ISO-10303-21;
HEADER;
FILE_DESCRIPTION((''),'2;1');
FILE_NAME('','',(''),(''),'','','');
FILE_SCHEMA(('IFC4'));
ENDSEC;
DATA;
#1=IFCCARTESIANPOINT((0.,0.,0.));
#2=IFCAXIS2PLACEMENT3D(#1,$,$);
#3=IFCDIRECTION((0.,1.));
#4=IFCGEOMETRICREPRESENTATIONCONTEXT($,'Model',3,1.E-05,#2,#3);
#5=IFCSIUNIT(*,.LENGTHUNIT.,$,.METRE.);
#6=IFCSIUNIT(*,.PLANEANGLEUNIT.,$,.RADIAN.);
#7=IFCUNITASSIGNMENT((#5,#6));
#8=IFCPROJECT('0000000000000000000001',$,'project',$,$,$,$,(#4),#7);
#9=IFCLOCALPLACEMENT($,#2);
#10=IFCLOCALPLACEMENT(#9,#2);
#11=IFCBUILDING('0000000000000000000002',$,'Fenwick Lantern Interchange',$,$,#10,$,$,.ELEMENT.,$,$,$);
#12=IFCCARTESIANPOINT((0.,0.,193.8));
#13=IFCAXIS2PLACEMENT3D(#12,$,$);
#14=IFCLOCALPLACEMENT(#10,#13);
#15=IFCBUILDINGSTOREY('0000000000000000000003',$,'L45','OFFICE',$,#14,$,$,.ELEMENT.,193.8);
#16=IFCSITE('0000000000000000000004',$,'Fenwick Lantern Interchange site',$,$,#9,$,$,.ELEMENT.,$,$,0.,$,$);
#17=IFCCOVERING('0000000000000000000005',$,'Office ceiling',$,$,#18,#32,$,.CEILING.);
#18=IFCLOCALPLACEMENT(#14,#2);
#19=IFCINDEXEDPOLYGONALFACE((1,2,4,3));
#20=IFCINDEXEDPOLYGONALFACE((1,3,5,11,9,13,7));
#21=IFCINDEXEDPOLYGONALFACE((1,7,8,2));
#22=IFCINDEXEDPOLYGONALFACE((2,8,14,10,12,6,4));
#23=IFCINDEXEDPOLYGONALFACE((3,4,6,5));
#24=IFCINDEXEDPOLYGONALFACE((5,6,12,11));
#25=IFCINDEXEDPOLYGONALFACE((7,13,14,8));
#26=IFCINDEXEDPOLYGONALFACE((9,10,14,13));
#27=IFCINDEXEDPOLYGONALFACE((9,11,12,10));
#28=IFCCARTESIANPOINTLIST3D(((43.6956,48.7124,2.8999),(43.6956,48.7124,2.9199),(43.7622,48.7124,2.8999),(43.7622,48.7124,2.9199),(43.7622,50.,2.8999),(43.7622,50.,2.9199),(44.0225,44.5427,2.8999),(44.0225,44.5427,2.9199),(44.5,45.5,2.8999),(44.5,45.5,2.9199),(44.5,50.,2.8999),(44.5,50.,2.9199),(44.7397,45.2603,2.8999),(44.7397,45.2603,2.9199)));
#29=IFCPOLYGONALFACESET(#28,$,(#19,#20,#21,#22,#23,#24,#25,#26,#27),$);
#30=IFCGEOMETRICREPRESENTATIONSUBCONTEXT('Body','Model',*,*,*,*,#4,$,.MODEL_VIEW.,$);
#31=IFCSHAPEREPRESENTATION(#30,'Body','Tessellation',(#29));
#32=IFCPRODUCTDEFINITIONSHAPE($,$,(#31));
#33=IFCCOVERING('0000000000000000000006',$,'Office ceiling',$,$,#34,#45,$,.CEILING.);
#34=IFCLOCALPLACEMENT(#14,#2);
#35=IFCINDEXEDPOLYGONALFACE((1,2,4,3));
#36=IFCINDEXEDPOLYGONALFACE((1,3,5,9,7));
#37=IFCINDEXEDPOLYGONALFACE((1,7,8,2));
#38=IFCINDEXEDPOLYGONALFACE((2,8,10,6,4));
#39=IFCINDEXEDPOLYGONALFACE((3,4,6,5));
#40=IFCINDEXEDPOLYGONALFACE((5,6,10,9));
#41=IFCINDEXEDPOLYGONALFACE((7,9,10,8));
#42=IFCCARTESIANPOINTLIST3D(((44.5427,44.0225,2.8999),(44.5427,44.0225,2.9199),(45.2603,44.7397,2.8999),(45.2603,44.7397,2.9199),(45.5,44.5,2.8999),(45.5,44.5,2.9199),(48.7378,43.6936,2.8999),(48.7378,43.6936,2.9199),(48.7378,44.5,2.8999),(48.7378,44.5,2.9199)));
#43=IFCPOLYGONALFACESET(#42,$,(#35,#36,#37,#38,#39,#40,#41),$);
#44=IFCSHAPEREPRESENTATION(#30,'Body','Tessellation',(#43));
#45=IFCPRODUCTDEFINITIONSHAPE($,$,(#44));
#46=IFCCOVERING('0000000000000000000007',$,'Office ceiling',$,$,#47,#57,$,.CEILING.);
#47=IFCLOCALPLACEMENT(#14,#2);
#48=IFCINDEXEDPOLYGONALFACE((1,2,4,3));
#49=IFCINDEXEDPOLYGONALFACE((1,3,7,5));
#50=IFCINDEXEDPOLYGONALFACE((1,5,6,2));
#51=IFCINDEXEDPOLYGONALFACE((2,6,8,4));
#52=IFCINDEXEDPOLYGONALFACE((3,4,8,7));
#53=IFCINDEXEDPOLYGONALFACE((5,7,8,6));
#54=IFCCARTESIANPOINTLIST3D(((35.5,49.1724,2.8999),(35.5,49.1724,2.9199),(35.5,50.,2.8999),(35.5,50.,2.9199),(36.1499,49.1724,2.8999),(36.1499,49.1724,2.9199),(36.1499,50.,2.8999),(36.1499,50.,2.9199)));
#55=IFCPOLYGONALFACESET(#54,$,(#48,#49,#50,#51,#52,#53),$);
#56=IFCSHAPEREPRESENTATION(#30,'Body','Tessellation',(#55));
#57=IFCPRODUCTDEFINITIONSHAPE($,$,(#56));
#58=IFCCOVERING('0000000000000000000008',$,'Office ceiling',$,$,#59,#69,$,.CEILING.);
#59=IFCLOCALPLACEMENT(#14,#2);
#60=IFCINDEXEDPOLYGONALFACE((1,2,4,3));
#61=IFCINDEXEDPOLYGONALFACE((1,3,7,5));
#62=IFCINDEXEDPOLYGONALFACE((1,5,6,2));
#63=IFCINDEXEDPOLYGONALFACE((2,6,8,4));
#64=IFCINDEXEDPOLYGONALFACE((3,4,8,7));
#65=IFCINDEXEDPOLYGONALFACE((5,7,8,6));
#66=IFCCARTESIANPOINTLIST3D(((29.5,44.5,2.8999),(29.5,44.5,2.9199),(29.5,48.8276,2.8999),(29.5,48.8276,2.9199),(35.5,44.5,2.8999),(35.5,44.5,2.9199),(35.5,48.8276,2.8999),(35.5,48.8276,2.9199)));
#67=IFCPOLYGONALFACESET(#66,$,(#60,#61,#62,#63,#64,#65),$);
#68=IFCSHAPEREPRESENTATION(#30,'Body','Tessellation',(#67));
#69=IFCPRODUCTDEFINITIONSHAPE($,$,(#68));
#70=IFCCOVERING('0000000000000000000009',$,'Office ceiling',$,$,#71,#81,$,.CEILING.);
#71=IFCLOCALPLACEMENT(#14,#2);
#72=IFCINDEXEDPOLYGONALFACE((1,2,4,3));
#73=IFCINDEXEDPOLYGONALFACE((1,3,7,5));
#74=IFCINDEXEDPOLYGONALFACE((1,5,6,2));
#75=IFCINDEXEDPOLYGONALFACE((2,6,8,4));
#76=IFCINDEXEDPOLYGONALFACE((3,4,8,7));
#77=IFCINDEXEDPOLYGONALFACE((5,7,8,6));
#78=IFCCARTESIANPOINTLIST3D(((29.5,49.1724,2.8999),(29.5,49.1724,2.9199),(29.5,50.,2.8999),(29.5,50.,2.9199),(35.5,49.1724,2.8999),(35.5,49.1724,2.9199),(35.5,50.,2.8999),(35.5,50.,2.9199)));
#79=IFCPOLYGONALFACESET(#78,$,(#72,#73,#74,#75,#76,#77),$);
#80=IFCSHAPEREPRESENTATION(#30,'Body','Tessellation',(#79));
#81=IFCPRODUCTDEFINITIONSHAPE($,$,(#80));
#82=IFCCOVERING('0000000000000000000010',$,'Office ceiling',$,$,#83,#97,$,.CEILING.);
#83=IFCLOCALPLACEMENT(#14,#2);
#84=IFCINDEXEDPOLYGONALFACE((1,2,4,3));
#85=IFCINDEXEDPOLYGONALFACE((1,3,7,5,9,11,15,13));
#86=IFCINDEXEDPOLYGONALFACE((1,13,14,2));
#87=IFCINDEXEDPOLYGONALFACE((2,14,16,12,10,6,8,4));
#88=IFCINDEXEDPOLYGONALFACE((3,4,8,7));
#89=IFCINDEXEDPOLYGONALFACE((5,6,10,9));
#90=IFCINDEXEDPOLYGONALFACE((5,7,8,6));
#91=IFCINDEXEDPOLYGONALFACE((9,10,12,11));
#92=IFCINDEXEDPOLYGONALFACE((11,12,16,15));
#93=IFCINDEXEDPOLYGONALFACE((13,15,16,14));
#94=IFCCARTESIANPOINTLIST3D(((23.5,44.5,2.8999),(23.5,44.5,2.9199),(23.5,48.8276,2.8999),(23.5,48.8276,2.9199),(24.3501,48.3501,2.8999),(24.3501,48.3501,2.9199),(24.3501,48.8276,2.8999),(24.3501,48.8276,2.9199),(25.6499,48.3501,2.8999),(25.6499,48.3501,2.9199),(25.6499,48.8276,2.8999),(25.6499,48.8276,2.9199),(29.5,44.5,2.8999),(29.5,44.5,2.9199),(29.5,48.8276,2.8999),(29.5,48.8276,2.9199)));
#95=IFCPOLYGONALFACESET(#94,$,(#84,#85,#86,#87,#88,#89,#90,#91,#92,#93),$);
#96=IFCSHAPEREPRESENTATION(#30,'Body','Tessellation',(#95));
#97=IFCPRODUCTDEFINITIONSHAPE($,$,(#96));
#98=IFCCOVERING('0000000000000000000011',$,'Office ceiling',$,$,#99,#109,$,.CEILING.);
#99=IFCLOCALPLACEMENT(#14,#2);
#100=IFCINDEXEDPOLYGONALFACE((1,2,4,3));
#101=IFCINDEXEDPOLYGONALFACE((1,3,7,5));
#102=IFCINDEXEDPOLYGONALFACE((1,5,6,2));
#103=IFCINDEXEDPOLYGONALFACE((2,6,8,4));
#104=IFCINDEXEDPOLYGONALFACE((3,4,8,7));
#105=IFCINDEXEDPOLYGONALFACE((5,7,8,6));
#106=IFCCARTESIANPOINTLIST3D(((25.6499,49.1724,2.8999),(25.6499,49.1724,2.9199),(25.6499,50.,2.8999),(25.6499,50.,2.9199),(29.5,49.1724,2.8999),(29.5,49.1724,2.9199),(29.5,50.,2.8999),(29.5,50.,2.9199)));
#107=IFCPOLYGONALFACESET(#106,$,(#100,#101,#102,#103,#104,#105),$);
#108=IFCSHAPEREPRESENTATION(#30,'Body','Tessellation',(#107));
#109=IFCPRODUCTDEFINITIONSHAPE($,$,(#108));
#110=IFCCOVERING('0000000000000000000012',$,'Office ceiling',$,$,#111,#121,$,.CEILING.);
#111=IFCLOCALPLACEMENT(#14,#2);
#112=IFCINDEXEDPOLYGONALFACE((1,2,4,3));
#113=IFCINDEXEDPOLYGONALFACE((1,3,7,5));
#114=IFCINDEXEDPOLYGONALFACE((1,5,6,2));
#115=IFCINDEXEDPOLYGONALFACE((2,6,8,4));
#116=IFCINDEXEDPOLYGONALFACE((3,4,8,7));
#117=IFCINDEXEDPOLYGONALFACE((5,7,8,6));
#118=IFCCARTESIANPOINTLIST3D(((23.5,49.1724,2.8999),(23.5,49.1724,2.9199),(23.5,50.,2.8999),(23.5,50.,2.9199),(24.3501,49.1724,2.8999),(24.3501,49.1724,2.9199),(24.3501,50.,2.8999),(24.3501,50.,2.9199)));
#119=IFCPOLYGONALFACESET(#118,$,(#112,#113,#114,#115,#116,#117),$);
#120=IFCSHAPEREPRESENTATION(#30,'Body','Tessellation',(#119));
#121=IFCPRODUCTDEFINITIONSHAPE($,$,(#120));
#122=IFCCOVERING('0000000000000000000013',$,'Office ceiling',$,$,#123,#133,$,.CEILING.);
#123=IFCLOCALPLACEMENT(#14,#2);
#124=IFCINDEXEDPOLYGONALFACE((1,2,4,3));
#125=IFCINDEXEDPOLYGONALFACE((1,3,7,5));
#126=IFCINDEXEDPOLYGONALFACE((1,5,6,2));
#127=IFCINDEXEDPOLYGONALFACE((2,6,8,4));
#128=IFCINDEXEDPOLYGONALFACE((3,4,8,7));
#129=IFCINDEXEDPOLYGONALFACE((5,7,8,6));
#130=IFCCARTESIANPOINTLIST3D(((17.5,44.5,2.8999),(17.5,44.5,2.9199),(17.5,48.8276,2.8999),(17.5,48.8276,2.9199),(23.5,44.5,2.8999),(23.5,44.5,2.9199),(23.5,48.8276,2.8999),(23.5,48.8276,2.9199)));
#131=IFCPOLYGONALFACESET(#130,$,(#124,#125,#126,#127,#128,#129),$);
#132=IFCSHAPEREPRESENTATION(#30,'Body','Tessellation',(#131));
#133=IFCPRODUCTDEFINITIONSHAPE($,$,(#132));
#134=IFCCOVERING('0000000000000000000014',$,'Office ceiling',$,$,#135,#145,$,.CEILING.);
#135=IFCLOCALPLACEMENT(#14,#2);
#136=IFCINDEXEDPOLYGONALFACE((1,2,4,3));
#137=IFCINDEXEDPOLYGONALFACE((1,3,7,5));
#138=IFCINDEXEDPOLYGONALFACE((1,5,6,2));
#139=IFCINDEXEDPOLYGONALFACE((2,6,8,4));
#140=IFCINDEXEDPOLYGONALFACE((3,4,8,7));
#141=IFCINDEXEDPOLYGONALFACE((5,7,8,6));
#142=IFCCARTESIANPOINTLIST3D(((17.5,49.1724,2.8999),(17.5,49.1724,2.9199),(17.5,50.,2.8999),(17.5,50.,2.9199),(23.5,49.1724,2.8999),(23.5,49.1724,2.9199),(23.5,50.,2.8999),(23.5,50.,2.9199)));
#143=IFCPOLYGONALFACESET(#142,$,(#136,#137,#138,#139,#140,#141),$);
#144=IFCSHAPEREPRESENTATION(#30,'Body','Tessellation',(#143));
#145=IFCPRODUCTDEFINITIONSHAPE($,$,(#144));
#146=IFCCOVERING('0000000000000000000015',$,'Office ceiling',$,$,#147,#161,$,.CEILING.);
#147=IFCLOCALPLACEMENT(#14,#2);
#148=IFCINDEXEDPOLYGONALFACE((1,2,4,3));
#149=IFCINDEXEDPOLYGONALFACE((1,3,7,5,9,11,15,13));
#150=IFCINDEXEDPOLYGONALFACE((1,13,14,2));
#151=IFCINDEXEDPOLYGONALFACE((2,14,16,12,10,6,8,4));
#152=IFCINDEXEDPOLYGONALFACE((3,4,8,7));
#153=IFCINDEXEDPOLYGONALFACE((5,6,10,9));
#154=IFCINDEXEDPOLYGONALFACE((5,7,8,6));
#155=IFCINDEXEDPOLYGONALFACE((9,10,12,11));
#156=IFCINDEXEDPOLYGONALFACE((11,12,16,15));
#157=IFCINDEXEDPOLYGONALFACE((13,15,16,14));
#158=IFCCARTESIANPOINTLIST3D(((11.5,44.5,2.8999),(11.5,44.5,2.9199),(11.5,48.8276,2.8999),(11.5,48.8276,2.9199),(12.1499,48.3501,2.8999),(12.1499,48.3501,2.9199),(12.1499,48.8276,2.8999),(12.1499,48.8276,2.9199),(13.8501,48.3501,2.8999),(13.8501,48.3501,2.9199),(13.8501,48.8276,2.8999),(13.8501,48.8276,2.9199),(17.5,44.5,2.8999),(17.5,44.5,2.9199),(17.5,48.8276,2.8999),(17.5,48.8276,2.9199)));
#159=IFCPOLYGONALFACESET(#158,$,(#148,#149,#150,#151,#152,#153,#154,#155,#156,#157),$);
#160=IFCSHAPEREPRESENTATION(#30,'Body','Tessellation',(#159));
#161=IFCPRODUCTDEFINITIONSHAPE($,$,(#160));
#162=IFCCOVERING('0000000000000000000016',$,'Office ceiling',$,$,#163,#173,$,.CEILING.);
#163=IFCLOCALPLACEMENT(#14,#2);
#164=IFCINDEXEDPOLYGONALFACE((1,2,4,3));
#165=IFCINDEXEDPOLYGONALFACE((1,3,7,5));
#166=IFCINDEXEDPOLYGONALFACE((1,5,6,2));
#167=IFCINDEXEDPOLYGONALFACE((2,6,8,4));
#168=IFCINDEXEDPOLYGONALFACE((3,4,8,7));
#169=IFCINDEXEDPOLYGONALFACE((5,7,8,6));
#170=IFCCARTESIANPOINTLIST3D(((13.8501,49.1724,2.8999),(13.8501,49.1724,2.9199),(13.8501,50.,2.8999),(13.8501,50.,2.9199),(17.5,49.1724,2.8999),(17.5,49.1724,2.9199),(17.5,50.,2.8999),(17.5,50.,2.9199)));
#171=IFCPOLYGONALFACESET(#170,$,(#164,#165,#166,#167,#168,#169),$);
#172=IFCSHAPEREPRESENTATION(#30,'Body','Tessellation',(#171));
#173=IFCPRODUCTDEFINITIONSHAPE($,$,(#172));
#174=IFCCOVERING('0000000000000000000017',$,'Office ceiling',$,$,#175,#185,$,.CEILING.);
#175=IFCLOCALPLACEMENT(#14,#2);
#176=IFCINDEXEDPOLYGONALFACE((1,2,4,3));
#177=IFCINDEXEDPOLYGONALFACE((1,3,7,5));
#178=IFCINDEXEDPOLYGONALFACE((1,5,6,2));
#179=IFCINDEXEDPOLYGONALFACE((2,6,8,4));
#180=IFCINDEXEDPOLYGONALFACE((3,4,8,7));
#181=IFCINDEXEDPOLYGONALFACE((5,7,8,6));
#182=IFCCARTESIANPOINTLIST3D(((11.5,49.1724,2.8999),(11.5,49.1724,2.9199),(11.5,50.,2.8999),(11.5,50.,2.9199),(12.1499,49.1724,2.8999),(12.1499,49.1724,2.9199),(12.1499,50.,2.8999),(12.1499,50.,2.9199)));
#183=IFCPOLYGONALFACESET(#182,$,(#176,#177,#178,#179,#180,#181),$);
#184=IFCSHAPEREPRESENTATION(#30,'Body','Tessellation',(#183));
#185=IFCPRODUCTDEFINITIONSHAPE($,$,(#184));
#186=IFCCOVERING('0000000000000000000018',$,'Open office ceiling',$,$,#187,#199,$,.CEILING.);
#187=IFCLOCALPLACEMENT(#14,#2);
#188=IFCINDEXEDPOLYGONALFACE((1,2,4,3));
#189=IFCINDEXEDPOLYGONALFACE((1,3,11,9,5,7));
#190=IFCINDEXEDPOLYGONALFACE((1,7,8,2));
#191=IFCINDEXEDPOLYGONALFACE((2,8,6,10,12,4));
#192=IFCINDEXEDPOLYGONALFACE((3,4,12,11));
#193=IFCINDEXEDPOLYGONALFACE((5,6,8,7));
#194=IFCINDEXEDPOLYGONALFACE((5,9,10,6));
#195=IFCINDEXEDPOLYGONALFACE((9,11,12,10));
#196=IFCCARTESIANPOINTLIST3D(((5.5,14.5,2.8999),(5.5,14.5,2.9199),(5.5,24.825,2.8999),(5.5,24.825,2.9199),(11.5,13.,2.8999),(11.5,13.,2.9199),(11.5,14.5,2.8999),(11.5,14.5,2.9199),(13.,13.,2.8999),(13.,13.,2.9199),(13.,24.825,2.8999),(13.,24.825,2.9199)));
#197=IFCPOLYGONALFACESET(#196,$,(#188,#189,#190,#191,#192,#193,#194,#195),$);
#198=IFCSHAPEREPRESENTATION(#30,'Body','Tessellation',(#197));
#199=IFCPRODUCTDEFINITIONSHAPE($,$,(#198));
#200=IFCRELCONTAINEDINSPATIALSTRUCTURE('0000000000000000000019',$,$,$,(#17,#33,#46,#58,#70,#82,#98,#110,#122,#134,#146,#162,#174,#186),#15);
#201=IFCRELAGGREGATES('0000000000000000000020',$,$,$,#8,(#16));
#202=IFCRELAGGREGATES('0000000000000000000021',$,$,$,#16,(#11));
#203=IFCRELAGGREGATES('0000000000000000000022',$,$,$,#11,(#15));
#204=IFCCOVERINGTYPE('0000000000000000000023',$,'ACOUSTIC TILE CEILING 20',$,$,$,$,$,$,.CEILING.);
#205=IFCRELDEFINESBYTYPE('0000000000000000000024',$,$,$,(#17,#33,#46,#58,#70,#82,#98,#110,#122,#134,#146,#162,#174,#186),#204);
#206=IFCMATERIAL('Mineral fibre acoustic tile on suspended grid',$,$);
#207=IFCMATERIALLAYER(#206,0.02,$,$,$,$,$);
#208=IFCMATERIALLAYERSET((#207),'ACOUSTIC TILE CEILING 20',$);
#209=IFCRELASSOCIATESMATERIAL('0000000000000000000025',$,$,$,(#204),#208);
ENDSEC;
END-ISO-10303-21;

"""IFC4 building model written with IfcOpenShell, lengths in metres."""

from ifc_helpers import new_model, si_unit, direction, frame, origin, place, context, subcontext, project, spatial, polyline, outline, extrude, material, layer, layer_set, type_object, element, save


model = new_model("IFC4")

# Units and contexts
model_context = context("Model", 3, precision=1e-05, world=origin(), true_north=direction((0.0, 1.0)))
body_context = subcontext(model_context, "Body", "Model", "MODEL_VIEW")
ifc_project = project(units=[si_unit("LENGTHUNIT", "METRE"), si_unit("PLANEANGLEUNIT", "RADIAN")], contexts=[model_context])

# Site, building, storey
site_placement = place(None, origin())
site = spatial("IfcSite", under=ifc_project, at=site_placement, Name="Fenwick Lantern Interchange site", CompositionType="ELEMENT", RefElevation=0.0)
building_placement = place(site_placement, origin())
building = spatial("IfcBuilding", under=site, at=building_placement, Name="Fenwick Lantern Interchange", CompositionType="ELEMENT")
storey_placement = place(building_placement, frame((0.0, 0.0, 193.8)))
storey = spatial("IfcBuildingStorey", under=building, at=storey_placement, Name="L45", Description="OFFICE", CompositionType="ELEMENT", Elevation=193.8)

# Coverings
ifc_material_1 = material(Name="Mineral fibre acoustic tile on suspended grid")
ifc_layer_1 = layer(ifc_material_1, 0.02)
ifc_layer_set_1 = layer_set([ifc_layer_1], Name="ACOUSTIC TILE CEILING 20")
covering_type_1 = type_object("IfcCoveringType", Name="ACOUSTIC TILE CEILING 20", PredefinedType="CEILING", material=ifc_layer_set_1)
covering_1_placement = place(storey_placement, frame((0.0, 0.0, 2.8999)))
element("IfcCovering", 1, at=covering_1_placement, inside=storey, type_object=covering_type_1, Name="Office ceiling", PredefinedType="CEILING", context=body_context, shape_type="SweptSolid", body=[
    extrude(outline(polyline([(43.7622, 48.7124), (43.6956, 48.7124), (44.0225, 44.5427), (44.7397, 45.2603), (44.5, 45.5), (44.5, 50.0), (43.7622, 50.0), (43.7622, 48.7124)])), origin(), (0.0, 0.0, 1.0), 0.02),
])
covering_2_placement = place(storey_placement, frame((0.0, 0.0, 2.8999)))
element("IfcCovering", 2, at=covering_2_placement, inside=storey, type_object=covering_type_1, Name="Office ceiling", PredefinedType="CEILING", context=body_context, shape_type="SweptSolid", body=[
    extrude(outline(polyline([(45.2603, 44.7397), (44.5427, 44.0225), (48.7378, 43.6936), (48.7378, 44.5), (45.5, 44.5), (45.2603, 44.7397)])), origin(), (0.0, 0.0, 1.0), 0.02),
])
covering_3_placement = place(storey_placement, frame((0.0, 0.0, 2.8999)))
element("IfcCovering", 3, at=covering_3_placement, inside=storey, type_object=covering_type_1, Name="Office ceiling", PredefinedType="CEILING", context=body_context, shape_type="SweptSolid", body=[
    extrude(outline(polyline([(35.5, 50.0), (35.5, 49.1724), (36.1499, 49.1724), (36.1499, 50.0), (35.5, 50.0)])), origin(), (0.0, 0.0, 1.0), 0.02),
])
covering_4_placement = place(storey_placement, frame((0.0, 0.0, 2.8999)))
element("IfcCovering", 4, at=covering_4_placement, inside=storey, type_object=covering_type_1, Name="Office ceiling", PredefinedType="CEILING", context=body_context, shape_type="SweptSolid", body=[
    extrude(outline(polyline([(35.5, 44.5), (35.5, 48.8276), (29.5, 48.8276), (29.5, 44.5), (35.5, 44.5)])), origin(), (0.0, 0.0, 1.0), 0.02),
])
covering_5_placement = place(storey_placement, frame((0.0, 0.0, 2.8999)))
element("IfcCovering", 5, at=covering_5_placement, inside=storey, type_object=covering_type_1, Name="Office ceiling", PredefinedType="CEILING", context=body_context, shape_type="SweptSolid", body=[
    extrude(outline(polyline([(29.5, 50.0), (29.5, 49.1724), (35.5, 49.1724), (35.5, 50.0), (29.5, 50.0)])), origin(), (0.0, 0.0, 1.0), 0.02),
])
covering_6_placement = place(storey_placement, frame((0.0, 0.0, 2.8999)))
element("IfcCovering", 6, at=covering_6_placement, inside=storey, type_object=covering_type_1, Name="Office ceiling", PredefinedType="CEILING", context=body_context, shape_type="SweptSolid", body=[
    extrude(outline(polyline([(29.5, 44.5), (29.5, 48.8276), (25.6499, 48.8276), (25.6499, 48.3501), (24.3501, 48.3501), (24.3501, 48.8276), (23.5, 48.8276), (23.5, 44.5), (29.5, 44.5)])), origin(), (0.0, 0.0, 1.0), 0.02),
])
covering_7_placement = place(storey_placement, frame((0.0, 0.0, 2.8999)))
element("IfcCovering", 7, at=covering_7_placement, inside=storey, type_object=covering_type_1, Name="Office ceiling", PredefinedType="CEILING", context=body_context, shape_type="SweptSolid", body=[
    extrude(outline(polyline([(29.5, 49.1724), (29.5, 50.0), (25.6499, 50.0), (25.6499, 49.1724), (29.5, 49.1724)])), origin(), (0.0, 0.0, 1.0), 0.02),
])
covering_8_placement = place(storey_placement, frame((0.0, 0.0, 2.8999)))
element("IfcCovering", 8, at=covering_8_placement, inside=storey, type_object=covering_type_1, Name="Office ceiling", PredefinedType="CEILING", context=body_context, shape_type="SweptSolid", body=[
    extrude(outline(polyline([(23.5, 50.0), (23.5, 49.1724), (24.3501, 49.1724), (24.3501, 50.0), (23.5, 50.0)])), origin(), (0.0, 0.0, 1.0), 0.02),
])
covering_9_placement = place(storey_placement, frame((0.0, 0.0, 2.8999)))
element("IfcCovering", 9, at=covering_9_placement, inside=storey, type_object=covering_type_1, Name="Office ceiling", PredefinedType="CEILING", context=body_context, shape_type="SweptSolid", body=[
    extrude(outline(polyline([(23.5, 44.5), (23.5, 48.8276), (17.5, 48.8276), (17.5, 44.5), (23.5, 44.5)])), origin(), (0.0, 0.0, 1.0), 0.02),
])
covering_10_placement = place(storey_placement, frame((0.0, 0.0, 2.8999)))
element("IfcCovering", 10, at=covering_10_placement, inside=storey, type_object=covering_type_1, Name="Office ceiling", PredefinedType="CEILING", context=body_context, shape_type="SweptSolid", body=[
    extrude(outline(polyline([(17.5, 50.0), (17.5, 49.1724), (23.5, 49.1724), (23.5, 50.0), (17.5, 50.0)])), origin(), (0.0, 0.0, 1.0), 0.02),
])
covering_11_placement = place(storey_placement, frame((0.0, 0.0, 2.8999)))
element("IfcCovering", 11, at=covering_11_placement, inside=storey, type_object=covering_type_1, Name="Office ceiling", PredefinedType="CEILING", context=body_context, shape_type="SweptSolid", body=[
    extrude(outline(polyline([(17.5, 44.5), (17.5, 48.8276), (13.8501, 48.8276), (13.8501, 48.3501), (12.1499, 48.3501), (12.1499, 48.8276), (11.5, 48.8276), (11.5, 44.5), (17.5, 44.5)])), origin(), (0.0, 0.0, 1.0), 0.02),
])
covering_12_placement = place(storey_placement, frame((0.0, 0.0, 2.8999)))
element("IfcCovering", 12, at=covering_12_placement, inside=storey, type_object=covering_type_1, Name="Office ceiling", PredefinedType="CEILING", context=body_context, shape_type="SweptSolid", body=[
    extrude(outline(polyline([(17.5, 49.1724), (17.5, 50.0), (13.8501, 50.0), (13.8501, 49.1724), (17.5, 49.1724)])), origin(), (0.0, 0.0, 1.0), 0.02),
])
covering_13_placement = place(storey_placement, frame((0.0, 0.0, 2.8999)))
element("IfcCovering", 13, at=covering_13_placement, inside=storey, type_object=covering_type_1, Name="Office ceiling", PredefinedType="CEILING", context=body_context, shape_type="SweptSolid", body=[
    extrude(outline(polyline([(11.5, 50.0), (11.5, 49.1724), (12.1499, 49.1724), (12.1499, 50.0), (11.5, 50.0)])), origin(), (0.0, 0.0, 1.0), 0.02),
])
covering_14_placement = place(storey_placement, frame((0.0, 0.0, 2.8999)))
element("IfcCovering", 14, at=covering_14_placement, inside=storey, type_object=covering_type_1, Name="Open office ceiling", PredefinedType="CEILING", context=body_context, shape_type="SweptSolid", body=[
    extrude(outline(polyline([(5.5, 24.825), (5.5, 14.5), (11.5, 14.5), (11.5, 13.0), (13.0, 13.0), (13.0, 24.825), (5.5, 24.825)])), origin(), (0.0, 0.0, 1.0), 0.02),
])

save(model, "model.ifc")
